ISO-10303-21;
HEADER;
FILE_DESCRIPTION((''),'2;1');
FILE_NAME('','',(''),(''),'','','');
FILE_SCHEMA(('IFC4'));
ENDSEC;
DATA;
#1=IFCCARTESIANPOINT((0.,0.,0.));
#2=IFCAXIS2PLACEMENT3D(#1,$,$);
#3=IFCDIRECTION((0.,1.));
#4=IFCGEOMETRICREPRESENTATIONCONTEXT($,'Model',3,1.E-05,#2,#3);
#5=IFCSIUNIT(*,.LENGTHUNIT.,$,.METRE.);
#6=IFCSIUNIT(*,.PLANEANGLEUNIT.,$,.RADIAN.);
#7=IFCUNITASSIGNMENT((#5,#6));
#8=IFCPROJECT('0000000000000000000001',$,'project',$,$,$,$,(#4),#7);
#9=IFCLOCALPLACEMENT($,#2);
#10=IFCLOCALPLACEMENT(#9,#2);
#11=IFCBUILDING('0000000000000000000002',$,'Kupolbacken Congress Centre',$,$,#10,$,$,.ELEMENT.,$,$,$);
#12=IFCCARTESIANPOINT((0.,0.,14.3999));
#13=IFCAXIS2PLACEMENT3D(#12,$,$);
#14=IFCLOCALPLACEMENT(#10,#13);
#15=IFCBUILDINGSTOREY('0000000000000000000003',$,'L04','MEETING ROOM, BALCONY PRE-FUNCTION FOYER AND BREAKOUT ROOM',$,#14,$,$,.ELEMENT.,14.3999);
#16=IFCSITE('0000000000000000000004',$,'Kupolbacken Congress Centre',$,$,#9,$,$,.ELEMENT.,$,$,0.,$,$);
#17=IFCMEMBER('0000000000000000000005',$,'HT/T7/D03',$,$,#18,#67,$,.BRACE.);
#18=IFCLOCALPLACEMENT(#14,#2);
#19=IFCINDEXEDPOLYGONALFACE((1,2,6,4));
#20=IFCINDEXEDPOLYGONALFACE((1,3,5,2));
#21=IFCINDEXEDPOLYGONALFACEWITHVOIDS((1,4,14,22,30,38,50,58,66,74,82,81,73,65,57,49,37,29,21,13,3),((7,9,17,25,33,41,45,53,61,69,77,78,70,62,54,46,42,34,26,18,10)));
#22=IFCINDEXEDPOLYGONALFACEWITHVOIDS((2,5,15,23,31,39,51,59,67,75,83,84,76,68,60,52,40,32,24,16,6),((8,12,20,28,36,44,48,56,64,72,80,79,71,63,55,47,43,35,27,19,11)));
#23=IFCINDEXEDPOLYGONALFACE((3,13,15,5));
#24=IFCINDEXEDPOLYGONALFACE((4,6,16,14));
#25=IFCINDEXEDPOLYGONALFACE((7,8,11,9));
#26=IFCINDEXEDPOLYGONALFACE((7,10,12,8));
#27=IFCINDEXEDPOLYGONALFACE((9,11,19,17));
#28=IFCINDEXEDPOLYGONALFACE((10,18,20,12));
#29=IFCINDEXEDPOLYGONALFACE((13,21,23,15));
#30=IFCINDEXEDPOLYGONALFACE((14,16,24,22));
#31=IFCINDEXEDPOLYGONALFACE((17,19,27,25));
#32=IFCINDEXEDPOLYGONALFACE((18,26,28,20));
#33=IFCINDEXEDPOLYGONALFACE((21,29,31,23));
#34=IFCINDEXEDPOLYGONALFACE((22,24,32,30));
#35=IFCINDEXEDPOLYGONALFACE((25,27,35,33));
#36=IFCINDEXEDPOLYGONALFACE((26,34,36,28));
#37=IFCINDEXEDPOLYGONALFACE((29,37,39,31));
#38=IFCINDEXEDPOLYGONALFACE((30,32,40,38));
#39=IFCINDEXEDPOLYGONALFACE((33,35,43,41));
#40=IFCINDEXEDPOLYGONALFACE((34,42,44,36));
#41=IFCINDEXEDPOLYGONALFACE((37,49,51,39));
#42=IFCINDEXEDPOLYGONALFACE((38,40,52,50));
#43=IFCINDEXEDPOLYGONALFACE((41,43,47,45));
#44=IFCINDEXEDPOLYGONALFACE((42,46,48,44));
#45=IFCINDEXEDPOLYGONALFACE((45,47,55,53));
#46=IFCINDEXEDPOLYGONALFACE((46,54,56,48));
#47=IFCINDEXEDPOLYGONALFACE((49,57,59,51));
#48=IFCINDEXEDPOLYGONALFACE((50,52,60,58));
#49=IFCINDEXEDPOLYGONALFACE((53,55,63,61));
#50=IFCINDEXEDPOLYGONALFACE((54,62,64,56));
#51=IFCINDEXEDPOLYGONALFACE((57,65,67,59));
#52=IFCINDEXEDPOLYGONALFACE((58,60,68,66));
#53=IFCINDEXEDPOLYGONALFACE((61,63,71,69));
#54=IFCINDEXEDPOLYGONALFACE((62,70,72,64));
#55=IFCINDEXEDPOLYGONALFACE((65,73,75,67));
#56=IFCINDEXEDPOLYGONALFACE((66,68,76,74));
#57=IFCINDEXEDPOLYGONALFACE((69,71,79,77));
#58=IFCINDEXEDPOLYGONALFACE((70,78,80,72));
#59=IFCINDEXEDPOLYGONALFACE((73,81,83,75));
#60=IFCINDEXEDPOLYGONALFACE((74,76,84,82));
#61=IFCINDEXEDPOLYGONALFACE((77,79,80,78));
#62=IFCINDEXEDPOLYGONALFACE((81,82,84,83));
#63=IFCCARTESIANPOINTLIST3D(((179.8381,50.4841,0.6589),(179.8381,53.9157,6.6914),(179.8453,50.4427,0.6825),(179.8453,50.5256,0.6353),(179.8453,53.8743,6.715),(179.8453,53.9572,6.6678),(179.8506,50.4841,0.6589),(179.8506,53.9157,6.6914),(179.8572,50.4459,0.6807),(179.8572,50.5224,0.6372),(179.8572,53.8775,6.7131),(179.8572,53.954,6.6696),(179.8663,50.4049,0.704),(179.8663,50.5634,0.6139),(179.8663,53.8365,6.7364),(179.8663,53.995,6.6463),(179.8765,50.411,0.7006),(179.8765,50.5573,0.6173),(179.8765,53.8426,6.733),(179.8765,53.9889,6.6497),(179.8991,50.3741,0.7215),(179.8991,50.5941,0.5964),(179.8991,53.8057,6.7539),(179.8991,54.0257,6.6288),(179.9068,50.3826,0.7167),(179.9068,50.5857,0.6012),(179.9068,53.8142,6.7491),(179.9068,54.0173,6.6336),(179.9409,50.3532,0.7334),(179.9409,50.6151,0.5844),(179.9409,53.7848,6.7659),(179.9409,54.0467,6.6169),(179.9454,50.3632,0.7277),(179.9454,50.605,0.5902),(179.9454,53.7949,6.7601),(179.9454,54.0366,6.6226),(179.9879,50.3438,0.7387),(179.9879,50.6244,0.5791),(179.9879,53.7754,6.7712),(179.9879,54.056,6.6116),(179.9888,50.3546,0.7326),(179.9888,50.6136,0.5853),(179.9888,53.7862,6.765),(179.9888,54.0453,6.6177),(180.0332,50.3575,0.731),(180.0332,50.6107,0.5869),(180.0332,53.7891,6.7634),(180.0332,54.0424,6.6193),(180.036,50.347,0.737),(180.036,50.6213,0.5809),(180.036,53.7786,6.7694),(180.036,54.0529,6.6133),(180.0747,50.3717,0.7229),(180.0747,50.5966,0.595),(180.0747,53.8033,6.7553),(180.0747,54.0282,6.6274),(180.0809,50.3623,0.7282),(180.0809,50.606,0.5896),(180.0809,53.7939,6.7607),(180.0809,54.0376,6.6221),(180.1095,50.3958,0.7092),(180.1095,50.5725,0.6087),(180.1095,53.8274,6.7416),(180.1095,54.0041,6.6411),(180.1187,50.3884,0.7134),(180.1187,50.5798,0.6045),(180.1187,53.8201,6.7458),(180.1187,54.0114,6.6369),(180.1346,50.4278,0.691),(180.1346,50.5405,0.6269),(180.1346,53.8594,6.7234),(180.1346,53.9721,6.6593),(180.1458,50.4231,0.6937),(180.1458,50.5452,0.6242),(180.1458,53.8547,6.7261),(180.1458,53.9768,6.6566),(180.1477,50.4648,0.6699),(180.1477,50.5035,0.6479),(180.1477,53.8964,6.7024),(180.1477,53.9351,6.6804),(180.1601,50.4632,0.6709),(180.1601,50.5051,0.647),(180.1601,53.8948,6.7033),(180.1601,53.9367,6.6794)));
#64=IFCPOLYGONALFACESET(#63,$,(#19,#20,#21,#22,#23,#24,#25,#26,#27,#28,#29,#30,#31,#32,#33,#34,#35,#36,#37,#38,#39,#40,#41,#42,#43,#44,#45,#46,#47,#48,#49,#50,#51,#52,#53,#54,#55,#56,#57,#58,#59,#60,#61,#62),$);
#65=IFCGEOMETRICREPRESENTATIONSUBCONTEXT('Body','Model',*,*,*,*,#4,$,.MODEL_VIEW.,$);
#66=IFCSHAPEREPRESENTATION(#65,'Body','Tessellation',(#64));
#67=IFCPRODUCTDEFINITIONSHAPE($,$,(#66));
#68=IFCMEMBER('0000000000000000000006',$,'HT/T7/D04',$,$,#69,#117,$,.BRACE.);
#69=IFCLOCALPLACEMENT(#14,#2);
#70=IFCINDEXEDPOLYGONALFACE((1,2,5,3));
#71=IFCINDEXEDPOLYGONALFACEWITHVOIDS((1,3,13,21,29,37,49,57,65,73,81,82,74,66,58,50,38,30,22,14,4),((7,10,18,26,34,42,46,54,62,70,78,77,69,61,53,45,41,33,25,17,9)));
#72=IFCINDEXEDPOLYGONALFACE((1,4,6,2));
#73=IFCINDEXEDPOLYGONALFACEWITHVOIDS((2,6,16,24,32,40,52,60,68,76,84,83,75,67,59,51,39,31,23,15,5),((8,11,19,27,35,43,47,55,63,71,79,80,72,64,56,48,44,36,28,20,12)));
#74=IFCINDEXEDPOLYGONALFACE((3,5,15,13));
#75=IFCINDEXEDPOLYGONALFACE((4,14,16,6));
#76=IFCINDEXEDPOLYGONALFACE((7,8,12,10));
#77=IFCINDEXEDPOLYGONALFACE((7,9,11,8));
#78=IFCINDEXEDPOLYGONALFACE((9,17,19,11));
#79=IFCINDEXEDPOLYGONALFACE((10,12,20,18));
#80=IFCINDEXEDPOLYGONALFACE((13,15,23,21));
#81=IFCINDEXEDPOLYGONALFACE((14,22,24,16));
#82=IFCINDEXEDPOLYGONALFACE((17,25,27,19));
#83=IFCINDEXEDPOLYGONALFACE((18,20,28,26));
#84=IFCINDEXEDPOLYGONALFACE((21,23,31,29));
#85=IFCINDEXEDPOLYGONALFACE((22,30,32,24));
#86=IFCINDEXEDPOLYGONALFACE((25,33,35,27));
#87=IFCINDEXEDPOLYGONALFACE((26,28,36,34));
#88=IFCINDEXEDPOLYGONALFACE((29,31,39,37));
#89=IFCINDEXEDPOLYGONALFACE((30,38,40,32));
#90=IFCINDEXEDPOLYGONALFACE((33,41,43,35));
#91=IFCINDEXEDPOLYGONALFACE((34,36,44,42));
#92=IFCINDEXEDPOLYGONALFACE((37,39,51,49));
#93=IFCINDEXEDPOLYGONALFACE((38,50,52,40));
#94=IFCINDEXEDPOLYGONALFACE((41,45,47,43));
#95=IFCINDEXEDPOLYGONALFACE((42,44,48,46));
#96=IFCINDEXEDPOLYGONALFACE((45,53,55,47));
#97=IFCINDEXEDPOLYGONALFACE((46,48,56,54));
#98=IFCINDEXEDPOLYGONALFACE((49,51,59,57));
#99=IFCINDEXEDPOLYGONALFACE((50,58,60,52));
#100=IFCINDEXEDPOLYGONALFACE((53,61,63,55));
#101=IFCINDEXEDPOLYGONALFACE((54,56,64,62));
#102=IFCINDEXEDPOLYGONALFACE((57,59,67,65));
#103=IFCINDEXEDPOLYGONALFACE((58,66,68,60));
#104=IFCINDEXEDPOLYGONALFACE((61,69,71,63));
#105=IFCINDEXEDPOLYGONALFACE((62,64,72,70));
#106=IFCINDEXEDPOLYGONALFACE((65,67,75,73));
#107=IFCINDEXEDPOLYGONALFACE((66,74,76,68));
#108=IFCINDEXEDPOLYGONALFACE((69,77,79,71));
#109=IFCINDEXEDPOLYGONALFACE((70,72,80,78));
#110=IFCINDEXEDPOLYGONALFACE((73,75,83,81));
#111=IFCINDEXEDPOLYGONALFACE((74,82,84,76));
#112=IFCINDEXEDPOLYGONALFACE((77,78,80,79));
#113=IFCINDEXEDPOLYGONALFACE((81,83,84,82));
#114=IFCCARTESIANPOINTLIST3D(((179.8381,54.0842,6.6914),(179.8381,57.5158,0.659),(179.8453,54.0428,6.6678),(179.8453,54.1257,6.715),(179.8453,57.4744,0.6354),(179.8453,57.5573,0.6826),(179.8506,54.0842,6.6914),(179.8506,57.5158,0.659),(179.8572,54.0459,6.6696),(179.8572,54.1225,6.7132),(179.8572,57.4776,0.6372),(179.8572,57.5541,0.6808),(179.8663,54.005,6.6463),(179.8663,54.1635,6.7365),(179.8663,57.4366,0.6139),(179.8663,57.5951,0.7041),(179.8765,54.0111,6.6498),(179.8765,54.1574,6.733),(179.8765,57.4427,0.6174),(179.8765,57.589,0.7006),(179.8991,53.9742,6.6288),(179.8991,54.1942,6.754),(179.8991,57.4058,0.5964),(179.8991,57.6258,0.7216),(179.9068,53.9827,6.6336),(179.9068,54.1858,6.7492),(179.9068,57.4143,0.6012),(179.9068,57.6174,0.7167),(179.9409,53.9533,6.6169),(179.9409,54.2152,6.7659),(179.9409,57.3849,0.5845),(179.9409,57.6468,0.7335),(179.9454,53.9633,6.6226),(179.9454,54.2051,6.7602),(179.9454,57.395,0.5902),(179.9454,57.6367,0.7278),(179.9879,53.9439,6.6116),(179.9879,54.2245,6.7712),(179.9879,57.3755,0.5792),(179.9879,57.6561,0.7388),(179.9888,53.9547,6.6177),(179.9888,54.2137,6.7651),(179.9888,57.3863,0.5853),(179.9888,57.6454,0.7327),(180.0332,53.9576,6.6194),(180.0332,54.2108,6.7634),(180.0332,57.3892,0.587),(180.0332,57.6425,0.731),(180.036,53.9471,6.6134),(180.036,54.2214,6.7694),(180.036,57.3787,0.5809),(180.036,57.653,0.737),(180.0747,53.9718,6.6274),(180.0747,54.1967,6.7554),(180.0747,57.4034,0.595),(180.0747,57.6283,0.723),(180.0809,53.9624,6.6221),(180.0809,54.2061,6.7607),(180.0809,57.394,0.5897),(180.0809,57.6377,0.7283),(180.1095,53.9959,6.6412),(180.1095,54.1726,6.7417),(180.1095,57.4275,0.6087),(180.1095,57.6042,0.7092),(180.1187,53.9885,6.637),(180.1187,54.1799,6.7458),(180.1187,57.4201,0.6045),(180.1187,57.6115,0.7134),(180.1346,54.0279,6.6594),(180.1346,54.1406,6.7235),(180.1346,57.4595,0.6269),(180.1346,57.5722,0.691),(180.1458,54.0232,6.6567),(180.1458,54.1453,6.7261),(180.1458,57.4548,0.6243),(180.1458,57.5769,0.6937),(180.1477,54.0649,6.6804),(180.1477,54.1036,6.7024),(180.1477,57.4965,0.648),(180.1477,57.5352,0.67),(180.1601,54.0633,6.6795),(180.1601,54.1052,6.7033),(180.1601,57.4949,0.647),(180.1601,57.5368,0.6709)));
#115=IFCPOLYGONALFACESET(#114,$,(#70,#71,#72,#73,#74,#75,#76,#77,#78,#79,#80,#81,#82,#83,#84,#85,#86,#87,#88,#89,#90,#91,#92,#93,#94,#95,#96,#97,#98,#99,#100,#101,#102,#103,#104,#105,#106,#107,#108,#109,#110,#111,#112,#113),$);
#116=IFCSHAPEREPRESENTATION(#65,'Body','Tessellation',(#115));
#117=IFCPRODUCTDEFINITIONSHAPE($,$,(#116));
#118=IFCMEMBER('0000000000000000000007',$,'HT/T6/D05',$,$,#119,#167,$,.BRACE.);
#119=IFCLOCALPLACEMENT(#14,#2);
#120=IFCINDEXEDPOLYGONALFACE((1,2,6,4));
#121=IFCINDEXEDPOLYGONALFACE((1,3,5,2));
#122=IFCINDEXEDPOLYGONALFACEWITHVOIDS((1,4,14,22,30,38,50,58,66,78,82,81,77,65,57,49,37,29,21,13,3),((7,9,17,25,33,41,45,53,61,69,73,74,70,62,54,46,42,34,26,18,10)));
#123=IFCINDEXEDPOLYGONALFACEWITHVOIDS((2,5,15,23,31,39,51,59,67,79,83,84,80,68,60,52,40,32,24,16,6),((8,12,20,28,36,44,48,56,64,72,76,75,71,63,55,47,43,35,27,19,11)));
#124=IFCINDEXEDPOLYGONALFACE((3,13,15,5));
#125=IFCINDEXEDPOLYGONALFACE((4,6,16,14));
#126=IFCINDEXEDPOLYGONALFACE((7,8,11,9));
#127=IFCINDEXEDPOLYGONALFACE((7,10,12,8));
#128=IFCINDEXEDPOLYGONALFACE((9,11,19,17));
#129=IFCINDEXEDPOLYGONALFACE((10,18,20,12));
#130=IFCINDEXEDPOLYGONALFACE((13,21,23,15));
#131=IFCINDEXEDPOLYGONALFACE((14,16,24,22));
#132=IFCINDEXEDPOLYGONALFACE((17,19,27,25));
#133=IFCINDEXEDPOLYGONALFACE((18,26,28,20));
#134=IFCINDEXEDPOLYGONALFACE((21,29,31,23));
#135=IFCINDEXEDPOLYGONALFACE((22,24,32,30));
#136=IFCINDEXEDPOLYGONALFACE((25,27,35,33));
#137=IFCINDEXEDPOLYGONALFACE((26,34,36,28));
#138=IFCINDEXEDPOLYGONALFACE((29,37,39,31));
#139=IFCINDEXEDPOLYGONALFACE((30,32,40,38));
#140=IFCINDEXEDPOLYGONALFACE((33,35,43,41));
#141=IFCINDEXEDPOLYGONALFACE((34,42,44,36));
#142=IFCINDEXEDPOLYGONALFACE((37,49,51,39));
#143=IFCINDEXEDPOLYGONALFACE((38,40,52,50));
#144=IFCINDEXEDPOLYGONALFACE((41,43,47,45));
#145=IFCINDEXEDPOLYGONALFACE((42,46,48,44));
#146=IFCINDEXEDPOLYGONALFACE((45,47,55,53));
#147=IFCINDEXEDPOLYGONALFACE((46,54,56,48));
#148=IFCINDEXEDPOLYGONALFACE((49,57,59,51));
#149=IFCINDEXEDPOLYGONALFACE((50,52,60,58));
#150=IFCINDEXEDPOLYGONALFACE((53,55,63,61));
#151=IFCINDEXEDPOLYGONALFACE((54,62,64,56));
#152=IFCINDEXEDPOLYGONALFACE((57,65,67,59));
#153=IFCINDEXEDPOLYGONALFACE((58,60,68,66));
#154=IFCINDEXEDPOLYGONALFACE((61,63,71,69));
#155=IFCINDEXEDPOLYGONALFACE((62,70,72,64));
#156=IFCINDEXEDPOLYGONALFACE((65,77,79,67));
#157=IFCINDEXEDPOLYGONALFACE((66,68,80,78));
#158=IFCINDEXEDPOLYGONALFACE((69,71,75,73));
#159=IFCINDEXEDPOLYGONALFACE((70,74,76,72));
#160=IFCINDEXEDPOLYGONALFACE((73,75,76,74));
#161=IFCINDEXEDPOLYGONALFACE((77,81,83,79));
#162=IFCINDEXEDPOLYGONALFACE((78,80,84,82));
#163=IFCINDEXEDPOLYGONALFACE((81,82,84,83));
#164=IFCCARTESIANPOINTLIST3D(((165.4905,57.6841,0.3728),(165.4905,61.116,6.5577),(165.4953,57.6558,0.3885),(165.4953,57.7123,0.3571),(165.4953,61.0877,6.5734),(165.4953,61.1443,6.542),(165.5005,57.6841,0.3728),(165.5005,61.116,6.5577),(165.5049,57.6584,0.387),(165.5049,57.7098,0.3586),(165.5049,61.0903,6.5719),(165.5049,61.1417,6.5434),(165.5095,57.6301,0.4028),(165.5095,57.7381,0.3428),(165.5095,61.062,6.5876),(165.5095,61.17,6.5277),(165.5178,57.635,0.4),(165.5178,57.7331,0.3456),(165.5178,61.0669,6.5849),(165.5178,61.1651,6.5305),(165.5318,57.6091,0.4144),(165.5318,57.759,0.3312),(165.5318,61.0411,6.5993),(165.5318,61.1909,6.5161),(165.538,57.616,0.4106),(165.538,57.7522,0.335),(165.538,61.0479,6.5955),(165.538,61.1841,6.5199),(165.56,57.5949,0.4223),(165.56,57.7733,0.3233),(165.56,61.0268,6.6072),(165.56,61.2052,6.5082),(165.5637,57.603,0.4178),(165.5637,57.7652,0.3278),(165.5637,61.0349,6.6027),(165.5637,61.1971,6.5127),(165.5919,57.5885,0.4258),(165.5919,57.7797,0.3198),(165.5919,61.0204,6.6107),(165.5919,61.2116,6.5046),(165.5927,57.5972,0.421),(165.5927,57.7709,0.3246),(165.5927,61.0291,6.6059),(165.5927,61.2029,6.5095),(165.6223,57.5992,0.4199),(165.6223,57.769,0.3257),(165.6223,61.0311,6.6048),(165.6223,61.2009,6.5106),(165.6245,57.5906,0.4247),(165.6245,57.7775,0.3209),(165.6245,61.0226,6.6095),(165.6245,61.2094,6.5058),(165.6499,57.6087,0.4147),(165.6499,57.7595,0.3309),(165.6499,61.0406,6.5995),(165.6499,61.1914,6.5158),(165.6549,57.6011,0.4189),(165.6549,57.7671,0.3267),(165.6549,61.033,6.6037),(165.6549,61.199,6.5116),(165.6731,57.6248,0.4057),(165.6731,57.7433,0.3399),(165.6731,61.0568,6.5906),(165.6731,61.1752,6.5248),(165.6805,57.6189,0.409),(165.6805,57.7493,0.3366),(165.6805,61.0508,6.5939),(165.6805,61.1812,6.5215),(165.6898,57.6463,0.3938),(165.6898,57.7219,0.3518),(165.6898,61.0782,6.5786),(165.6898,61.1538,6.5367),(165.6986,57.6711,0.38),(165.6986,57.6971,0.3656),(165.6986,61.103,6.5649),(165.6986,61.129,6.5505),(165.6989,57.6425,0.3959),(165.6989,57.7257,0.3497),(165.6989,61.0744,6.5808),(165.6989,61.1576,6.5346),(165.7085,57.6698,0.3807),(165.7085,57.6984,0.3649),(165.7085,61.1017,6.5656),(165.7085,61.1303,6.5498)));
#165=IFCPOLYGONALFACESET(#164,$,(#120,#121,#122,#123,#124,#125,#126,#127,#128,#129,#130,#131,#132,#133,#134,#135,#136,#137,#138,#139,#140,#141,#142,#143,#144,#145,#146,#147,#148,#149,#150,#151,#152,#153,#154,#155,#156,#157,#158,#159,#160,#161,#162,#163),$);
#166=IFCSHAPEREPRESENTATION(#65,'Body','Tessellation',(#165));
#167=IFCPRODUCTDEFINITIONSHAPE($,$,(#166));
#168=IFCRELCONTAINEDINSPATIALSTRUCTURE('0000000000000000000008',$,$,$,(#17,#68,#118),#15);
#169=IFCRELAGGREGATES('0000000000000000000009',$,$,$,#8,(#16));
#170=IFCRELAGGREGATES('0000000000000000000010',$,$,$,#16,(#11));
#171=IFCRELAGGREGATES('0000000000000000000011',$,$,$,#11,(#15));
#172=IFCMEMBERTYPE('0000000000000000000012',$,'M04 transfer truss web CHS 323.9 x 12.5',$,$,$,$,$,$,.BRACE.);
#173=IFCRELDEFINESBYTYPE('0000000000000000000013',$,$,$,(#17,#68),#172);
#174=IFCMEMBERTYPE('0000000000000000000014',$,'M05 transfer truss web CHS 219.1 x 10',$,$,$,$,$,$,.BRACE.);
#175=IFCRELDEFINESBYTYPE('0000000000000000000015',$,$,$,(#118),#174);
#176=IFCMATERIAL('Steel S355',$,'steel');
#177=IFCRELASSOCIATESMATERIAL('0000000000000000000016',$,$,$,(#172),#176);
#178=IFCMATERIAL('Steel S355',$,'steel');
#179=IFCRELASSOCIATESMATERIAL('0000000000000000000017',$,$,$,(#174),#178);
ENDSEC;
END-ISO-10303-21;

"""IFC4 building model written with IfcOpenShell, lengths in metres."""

from ifc_helpers import new_model, si_unit, direction, frame, origin, origin_2d, place, context, subcontext, project, spatial, hollow_circle, extrude, material, material_profile, profile_set, type_object, element, save


model = new_model("IFC4")

# Units and contexts
model_context = context("Model", 3, precision=1e-05, world=origin(), true_north=direction((0.0, 1.0)))
body_context = subcontext(model_context, "Body", "Model", "MODEL_VIEW")
ifc_project = project(units=[si_unit("LENGTHUNIT", "METRE"), si_unit("PLANEANGLEUNIT", "RADIAN")], contexts=[model_context])

# Site, building, storey
site_placement = place(None, origin())
site = spatial("IfcSite", under=ifc_project, at=site_placement, Name="Kupolbacken Congress Centre", CompositionType="ELEMENT", RefElevation=0.0)
building_placement = place(site_placement, origin())
building = spatial("IfcBuilding", under=site, at=building_placement, Name="Kupolbacken Congress Centre", CompositionType="ELEMENT")
storey_placement = place(building_placement, frame((0.0, 0.0, 14.3999)))
storey = spatial("IfcBuildingStorey", under=building, at=storey_placement, Name="L04", Description="MEETING ROOM, BALCONY PRE-FUNCTION FOYER AND BREAKOUT ROOM", CompositionType="ELEMENT", Elevation=14.3999)

# Members
ifc_material_1 = material(Name="Steel S355", Category="steel")
ifc_material_profile_1 = material_profile(ifc_material_1, hollow_circle(Radius=0.1619, WallThickness=0.0125, at=origin_2d()), Name="CHS 323.9 x 12.5")
ifc_profile_set_1 = profile_set([ifc_material_profile_1], Name="Steel S355")
member_type_1 = type_object("IfcMemberType", Name="M04 transfer truss web CHS 323.9 x 12.5", PredefinedType="BRACE", material=ifc_profile_set_1)
for number, where, z_axis, x_axis, name in (
    (1, (180.0, 50.4841, 0.6589), (0.0, 0.494456, 0.869203), (-1.0, 0.0, 0.0), "HT/T7/D03"),
    (2, (180.0, 54.0842, 6.6914), (0.0, 0.494456, -0.869203), (-1.0, 0.0, 0.0), "HT/T7/D04"),
):
    element("IfcMember", number, at=place(storey_placement, frame(where, z_axis=z_axis, x_axis=x_axis)), inside=storey, type_object=member_type_1, Name=name, PredefinedType="BRACE", context=body_context, shape_type="SweptSolid", body=[
        extrude(hollow_circle(Radius=0.1619, WallThickness=0.0125, at=origin_2d()), origin(), (0.0, 0.0, 1.0), 6.9402),
    ])
ifc_material_2 = material(Name="Steel S355", Category="steel")
ifc_material_profile_2 = material_profile(ifc_material_2, hollow_circle(Radius=0.1096, WallThickness=0.01, at=origin_2d()), Name="CHS 219.1 x 10")
ifc_profile_set_2 = profile_set([ifc_material_profile_2], Name="Steel S355")
member_type_2 = type_object("IfcMemberType", Name="M05 transfer truss web CHS 219.1 x 10", PredefinedType="BRACE", material=ifc_profile_set_2)
for number, where, z_axis, x_axis, name in (
    (3, (165.6001, 57.6841, 0.3728), (0.0, 0.485197, 0.874405), (-1.0, 0.0, 0.0), "HT/T6/D05"),
):
    element("IfcMember", number, at=place(storey_placement, frame(where, z_axis=z_axis, x_axis=x_axis)), inside=storey, type_object=member_type_2, Name=name, PredefinedType="BRACE", context=body_context, shape_type="SweptSolid", body=[
        extrude(hollow_circle(Radius=0.1096, WallThickness=0.01, at=origin_2d()), origin(), (0.0, 0.0, 1.0), 7.0732),
    ])

save(model, "model.ifc")
